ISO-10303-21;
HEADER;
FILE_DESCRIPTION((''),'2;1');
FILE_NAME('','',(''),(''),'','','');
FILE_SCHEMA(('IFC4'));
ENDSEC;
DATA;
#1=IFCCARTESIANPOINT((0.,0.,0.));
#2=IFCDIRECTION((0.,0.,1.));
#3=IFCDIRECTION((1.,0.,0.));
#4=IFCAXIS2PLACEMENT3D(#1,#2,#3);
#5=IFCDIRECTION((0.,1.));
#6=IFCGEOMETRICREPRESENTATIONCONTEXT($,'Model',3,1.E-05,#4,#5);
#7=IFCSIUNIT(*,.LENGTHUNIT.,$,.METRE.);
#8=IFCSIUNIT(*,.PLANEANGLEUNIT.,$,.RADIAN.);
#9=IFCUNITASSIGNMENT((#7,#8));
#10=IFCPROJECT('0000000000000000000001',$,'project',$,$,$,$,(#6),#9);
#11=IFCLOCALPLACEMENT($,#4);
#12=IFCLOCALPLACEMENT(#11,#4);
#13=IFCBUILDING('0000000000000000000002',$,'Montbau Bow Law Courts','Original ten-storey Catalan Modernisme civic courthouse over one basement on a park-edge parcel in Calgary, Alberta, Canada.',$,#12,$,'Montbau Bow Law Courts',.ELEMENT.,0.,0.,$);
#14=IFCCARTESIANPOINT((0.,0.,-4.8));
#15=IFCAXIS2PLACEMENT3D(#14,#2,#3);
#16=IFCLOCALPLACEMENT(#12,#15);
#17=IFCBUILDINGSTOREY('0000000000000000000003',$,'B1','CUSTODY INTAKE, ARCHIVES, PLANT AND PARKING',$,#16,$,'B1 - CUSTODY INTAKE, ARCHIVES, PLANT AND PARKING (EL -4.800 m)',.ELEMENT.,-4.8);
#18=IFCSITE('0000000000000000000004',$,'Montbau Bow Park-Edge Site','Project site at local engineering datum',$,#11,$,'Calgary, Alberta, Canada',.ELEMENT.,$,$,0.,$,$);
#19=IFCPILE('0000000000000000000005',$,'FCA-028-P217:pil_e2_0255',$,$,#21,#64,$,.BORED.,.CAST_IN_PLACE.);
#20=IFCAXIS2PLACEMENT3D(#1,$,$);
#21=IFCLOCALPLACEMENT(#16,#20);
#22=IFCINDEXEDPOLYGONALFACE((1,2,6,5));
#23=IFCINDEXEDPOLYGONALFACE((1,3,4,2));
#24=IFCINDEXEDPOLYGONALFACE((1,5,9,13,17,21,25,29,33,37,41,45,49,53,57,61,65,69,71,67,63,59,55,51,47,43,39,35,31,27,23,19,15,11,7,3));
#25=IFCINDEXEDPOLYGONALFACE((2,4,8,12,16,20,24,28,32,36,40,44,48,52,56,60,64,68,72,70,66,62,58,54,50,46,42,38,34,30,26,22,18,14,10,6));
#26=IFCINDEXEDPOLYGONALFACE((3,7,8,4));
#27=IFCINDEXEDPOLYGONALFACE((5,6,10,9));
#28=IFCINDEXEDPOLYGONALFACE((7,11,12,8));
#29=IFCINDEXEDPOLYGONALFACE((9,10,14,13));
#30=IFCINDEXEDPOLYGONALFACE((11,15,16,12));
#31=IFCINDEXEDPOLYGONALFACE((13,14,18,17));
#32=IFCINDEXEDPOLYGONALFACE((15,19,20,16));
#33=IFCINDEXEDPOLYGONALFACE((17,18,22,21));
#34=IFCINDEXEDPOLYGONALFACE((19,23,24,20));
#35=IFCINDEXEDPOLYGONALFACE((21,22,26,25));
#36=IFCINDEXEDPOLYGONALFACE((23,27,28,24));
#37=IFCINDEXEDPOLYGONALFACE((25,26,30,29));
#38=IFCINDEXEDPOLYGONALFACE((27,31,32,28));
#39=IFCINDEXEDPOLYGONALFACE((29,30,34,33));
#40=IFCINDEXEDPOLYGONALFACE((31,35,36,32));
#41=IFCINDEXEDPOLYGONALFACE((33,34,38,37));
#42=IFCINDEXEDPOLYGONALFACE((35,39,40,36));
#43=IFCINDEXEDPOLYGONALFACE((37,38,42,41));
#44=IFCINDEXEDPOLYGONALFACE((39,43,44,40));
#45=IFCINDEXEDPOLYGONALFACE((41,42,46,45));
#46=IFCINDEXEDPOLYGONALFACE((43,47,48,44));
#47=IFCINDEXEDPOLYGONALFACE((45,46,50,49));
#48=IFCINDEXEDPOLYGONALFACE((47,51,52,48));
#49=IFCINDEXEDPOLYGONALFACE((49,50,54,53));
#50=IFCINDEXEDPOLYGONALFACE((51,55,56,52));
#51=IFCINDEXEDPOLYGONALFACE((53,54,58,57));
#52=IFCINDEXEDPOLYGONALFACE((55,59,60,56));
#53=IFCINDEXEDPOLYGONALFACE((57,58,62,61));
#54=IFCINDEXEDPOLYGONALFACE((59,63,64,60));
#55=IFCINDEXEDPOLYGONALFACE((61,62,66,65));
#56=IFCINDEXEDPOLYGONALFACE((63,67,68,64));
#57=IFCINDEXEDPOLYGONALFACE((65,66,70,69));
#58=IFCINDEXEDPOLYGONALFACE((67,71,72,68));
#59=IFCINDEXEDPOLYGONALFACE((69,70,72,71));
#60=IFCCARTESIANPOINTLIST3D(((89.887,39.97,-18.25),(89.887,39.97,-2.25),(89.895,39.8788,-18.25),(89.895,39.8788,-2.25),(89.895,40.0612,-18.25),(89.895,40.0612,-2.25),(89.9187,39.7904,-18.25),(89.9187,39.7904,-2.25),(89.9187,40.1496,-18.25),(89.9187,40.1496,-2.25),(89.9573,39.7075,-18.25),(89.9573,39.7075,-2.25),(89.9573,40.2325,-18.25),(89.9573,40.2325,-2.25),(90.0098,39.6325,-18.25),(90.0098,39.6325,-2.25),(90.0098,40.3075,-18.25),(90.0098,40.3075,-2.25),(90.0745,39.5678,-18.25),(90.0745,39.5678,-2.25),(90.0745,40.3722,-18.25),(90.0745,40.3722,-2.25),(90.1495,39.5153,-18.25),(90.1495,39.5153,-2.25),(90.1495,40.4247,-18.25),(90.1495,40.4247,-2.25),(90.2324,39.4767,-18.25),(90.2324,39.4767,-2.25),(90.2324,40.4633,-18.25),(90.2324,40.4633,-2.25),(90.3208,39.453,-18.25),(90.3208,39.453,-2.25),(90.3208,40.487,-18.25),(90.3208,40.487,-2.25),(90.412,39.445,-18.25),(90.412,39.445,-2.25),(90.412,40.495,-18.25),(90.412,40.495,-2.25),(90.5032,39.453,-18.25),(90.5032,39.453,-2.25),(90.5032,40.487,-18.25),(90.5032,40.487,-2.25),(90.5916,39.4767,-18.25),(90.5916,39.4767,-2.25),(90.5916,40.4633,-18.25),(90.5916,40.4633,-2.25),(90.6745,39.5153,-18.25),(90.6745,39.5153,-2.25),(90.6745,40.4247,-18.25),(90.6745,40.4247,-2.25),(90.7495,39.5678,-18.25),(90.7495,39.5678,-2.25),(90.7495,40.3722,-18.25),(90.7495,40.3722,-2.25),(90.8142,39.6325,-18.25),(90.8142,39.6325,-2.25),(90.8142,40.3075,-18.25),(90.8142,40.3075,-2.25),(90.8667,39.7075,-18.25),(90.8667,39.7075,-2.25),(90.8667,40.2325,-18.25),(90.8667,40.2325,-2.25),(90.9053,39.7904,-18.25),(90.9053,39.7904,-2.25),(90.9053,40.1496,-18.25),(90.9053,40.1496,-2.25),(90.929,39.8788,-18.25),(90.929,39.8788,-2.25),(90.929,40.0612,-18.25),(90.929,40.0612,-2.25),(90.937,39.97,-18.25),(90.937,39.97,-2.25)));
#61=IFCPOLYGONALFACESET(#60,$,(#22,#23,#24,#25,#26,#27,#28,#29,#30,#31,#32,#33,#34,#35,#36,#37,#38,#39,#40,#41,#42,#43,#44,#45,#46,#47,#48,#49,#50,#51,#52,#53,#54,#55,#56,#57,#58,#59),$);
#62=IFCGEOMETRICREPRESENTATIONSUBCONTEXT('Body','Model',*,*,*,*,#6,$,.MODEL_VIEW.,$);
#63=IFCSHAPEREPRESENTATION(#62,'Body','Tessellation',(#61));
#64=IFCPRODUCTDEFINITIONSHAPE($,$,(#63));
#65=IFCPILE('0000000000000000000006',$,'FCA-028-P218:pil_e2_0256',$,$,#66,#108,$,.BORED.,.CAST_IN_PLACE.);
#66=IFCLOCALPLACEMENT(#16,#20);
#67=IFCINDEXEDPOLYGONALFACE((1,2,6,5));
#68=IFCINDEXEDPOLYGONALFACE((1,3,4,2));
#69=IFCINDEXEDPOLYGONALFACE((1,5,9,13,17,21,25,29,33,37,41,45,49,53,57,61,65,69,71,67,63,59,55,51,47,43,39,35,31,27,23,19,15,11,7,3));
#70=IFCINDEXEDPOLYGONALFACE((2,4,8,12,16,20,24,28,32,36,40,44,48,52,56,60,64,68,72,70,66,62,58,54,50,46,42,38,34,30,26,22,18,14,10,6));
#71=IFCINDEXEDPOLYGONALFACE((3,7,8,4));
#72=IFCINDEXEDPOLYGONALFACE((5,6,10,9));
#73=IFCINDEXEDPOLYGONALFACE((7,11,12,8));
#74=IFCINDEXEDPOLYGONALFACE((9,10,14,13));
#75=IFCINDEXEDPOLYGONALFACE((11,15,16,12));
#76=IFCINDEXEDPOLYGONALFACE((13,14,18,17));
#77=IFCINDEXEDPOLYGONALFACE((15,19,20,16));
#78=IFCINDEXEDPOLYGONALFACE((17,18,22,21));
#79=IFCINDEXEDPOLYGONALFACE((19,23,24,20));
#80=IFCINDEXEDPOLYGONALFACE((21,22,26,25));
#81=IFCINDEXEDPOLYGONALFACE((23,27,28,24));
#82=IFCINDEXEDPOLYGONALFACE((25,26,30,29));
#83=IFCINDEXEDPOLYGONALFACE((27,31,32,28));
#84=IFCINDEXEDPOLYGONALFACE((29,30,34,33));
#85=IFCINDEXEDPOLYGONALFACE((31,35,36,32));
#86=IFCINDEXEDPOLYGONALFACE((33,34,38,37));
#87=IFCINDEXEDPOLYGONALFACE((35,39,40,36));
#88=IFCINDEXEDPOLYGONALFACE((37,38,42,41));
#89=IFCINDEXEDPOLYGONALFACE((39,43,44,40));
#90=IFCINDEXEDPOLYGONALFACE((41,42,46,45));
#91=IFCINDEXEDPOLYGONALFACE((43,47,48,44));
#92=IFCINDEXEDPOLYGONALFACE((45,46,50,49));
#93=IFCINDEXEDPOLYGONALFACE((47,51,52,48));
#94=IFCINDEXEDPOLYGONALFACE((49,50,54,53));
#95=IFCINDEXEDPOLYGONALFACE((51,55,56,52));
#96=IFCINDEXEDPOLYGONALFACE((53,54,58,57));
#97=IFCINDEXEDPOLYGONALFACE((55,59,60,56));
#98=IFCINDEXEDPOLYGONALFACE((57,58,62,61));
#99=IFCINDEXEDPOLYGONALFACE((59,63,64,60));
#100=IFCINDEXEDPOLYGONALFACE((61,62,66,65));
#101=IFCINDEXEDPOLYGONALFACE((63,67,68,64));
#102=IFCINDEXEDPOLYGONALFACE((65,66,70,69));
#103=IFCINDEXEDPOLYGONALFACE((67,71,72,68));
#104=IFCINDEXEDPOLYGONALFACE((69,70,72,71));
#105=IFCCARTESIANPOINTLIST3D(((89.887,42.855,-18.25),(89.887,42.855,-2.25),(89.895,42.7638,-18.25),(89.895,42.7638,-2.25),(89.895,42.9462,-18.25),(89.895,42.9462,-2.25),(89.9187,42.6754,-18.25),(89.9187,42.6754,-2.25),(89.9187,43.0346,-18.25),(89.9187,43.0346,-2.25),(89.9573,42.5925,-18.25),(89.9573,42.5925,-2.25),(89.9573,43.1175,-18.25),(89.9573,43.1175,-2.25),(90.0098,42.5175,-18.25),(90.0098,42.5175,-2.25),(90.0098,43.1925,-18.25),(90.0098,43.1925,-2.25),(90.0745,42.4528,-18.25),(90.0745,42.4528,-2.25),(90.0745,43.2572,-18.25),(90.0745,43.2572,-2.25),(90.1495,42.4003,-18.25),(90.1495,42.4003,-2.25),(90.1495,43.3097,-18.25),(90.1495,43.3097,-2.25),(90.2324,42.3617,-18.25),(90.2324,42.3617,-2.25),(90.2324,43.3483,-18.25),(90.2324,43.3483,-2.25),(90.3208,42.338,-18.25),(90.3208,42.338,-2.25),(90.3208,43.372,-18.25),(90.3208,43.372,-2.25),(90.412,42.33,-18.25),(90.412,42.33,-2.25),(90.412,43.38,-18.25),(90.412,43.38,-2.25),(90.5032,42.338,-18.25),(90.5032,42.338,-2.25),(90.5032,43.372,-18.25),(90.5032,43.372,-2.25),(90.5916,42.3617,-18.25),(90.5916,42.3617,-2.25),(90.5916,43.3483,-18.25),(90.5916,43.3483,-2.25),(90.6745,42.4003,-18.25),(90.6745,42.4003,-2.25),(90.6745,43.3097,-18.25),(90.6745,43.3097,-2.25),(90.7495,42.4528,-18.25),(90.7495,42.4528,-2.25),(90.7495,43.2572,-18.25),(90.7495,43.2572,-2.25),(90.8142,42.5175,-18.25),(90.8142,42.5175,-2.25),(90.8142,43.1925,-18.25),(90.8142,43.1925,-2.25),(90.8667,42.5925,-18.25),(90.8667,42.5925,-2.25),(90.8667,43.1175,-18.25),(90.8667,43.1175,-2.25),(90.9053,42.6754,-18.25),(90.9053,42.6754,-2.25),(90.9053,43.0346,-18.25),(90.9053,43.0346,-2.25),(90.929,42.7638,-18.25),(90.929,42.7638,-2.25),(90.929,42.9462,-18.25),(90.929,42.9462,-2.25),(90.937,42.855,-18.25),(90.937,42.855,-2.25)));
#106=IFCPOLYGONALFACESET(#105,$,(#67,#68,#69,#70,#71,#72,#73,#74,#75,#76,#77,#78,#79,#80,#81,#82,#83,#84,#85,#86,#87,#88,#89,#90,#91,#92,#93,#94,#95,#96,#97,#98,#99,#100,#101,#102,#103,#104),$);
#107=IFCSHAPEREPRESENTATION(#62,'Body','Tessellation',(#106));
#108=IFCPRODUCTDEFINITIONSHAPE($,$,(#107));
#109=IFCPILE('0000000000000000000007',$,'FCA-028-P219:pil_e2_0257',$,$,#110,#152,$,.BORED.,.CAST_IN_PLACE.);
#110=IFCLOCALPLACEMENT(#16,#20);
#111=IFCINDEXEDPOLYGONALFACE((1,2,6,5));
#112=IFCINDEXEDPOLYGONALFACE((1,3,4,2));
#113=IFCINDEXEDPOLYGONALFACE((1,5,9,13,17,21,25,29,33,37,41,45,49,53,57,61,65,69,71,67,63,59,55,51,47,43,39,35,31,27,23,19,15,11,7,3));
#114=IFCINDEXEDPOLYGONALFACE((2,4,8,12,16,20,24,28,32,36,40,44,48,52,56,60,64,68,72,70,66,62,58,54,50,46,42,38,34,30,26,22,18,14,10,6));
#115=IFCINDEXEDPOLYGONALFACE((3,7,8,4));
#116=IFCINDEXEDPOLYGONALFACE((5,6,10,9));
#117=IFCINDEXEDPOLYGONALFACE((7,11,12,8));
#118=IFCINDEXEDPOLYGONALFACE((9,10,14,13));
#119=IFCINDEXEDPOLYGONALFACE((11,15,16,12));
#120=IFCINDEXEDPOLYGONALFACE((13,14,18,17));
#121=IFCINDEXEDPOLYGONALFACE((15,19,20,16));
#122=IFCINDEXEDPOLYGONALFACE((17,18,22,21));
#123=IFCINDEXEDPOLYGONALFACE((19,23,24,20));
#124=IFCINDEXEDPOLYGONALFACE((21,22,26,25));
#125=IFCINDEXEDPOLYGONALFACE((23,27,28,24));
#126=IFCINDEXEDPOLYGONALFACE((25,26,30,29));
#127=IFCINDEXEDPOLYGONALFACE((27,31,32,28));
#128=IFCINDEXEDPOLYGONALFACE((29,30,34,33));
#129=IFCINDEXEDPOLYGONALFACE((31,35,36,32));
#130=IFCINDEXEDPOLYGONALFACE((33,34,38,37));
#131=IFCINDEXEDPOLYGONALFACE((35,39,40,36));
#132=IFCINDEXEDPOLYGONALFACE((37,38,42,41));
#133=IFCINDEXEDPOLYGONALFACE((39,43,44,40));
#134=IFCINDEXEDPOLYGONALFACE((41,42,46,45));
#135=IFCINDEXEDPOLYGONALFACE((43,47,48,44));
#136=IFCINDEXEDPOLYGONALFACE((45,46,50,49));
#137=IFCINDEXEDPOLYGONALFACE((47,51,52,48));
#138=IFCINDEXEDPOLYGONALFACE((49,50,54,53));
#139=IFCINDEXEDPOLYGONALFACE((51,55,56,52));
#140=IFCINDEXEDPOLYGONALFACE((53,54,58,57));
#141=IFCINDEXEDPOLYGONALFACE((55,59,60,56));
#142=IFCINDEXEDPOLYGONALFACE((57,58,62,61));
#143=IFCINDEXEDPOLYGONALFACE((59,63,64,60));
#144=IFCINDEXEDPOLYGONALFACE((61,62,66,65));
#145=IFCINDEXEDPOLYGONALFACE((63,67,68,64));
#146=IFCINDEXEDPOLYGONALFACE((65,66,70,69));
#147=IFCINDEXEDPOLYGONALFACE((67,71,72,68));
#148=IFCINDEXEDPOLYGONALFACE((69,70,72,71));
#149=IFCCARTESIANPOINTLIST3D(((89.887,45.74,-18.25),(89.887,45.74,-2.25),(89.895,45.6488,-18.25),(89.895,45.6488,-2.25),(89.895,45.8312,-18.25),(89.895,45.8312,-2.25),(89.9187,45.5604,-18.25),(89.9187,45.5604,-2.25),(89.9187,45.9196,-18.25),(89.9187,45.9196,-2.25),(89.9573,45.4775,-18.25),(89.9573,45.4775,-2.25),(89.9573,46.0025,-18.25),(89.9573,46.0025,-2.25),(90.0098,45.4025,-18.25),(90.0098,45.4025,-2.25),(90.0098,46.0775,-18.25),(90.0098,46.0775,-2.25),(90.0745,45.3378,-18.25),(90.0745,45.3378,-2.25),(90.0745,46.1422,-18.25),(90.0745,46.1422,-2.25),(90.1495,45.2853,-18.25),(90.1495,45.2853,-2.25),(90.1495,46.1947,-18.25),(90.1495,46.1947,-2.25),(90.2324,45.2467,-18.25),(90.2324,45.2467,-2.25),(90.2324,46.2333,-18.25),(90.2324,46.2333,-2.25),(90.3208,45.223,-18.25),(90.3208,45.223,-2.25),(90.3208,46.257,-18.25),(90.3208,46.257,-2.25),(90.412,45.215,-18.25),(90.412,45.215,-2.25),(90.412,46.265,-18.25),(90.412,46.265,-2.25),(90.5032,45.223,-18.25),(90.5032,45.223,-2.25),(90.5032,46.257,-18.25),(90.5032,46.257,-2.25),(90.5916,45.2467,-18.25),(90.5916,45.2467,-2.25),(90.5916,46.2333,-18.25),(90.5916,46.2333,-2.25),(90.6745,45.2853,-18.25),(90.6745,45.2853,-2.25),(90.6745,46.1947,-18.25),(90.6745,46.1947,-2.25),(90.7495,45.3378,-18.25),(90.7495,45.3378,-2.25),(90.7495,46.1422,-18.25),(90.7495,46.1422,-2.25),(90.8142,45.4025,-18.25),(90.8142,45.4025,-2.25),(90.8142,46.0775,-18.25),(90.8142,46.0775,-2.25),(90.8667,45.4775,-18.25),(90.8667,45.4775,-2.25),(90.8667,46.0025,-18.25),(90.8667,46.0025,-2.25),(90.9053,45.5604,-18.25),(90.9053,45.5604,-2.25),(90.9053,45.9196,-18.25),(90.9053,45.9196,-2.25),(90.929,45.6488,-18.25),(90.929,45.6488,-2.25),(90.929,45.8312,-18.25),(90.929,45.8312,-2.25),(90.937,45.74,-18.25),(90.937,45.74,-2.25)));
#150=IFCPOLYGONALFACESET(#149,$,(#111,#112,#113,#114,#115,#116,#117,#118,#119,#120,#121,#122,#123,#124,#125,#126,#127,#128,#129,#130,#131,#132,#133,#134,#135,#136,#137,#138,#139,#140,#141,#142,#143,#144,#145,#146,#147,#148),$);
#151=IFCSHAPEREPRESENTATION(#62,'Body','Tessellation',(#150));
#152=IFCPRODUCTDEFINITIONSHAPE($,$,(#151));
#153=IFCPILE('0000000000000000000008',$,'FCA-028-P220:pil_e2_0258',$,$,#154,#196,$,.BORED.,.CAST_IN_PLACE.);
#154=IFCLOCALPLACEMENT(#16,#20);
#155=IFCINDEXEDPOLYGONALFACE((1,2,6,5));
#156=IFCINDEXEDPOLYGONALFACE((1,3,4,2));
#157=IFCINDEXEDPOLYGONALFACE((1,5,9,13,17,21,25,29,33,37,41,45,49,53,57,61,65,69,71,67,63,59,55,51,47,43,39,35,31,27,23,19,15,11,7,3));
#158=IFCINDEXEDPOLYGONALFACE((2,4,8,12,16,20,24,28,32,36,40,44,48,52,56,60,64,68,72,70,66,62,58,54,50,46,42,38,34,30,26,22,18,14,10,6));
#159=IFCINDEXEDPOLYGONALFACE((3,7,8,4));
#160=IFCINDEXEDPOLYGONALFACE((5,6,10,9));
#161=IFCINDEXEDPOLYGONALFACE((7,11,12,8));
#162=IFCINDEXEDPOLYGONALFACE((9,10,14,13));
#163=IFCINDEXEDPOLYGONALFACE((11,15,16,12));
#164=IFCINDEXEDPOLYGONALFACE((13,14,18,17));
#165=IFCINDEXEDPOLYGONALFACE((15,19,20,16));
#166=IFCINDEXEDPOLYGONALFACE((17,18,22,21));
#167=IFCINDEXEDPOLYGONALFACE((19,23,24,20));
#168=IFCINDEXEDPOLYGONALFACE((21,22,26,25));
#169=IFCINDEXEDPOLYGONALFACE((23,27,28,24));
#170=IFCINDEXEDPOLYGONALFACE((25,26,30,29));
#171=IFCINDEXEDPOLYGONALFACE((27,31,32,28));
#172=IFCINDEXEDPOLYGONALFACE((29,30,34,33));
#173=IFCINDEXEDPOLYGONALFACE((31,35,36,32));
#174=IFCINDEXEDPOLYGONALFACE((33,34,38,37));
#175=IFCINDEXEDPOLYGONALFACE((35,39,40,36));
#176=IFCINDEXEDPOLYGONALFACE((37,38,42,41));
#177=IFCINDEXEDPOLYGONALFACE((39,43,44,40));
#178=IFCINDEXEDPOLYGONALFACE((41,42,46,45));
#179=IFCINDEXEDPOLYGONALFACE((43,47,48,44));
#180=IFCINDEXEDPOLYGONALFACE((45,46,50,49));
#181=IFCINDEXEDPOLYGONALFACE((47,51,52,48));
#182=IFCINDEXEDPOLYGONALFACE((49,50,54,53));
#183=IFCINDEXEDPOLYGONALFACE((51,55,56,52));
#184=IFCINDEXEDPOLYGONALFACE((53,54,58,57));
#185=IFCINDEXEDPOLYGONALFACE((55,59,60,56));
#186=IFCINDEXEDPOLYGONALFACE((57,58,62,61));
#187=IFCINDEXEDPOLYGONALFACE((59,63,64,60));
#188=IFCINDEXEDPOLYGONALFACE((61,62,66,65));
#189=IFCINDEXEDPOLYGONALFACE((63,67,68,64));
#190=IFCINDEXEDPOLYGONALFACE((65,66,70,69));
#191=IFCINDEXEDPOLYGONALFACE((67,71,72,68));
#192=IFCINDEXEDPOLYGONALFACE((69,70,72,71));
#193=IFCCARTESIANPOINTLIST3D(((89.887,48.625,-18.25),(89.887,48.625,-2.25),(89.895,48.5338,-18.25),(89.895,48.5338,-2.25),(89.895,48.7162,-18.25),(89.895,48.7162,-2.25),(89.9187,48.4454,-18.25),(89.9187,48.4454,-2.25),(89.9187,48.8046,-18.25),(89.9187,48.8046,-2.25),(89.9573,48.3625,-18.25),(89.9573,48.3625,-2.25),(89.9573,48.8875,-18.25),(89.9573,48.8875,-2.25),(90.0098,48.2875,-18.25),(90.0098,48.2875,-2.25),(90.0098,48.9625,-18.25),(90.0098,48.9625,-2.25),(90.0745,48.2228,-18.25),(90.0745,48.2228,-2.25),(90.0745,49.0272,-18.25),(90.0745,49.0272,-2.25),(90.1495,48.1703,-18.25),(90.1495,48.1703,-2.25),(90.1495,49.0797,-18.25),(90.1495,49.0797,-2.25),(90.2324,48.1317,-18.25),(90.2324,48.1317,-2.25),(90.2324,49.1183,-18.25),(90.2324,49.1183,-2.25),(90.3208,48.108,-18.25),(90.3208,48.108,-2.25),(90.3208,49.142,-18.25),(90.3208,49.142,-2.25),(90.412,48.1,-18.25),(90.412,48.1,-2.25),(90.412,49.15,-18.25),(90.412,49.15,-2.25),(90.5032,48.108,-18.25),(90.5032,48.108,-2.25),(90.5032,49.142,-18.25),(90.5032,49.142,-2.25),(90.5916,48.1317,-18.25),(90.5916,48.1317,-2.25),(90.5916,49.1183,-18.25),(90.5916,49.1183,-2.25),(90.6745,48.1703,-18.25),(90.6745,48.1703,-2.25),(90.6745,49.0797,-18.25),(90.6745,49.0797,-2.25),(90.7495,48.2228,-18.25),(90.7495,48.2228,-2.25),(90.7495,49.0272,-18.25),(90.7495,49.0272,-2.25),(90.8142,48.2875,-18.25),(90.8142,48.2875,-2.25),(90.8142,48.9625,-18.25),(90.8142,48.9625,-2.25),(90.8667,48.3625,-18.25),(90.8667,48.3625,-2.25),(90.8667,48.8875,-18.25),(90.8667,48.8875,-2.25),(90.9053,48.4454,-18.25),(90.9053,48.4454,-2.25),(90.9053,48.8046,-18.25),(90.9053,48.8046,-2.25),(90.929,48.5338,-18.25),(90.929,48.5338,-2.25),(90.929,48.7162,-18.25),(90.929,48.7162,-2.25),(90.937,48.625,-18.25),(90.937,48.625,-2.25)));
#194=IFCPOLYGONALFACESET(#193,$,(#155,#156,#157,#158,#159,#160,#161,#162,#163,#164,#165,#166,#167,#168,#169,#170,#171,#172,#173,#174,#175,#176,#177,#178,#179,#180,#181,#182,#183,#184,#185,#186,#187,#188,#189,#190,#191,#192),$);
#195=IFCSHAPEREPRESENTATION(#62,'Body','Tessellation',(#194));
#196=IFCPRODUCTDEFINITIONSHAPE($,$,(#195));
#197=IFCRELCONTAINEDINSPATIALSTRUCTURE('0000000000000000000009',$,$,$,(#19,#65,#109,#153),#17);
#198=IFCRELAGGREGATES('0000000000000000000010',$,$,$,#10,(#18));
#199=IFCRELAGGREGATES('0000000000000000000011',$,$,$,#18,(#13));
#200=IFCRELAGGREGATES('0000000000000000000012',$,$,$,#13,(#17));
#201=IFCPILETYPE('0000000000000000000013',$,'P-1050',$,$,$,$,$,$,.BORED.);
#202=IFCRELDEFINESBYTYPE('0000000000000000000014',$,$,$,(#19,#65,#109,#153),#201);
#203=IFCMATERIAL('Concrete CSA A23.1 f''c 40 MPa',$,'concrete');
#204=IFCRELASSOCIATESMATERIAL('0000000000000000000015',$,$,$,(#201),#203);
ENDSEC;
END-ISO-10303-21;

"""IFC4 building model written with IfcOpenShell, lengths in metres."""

from ifc_helpers import new_model, si_unit, direction, frame, origin_with_axes, origin_2d_with_axis, place, context, subcontext, project, spatial, circle, extrude, material, material_profile, profile_set, type_object, element, save


model = new_model("IFC4")

# Units and contexts
model_context = context("Model", 3, precision=1e-05, world=origin_with_axes(), true_north=direction((0.0, 1.0)))
body_context = subcontext(model_context, "Body", "Model", "MODEL_VIEW")
ifc_project = project(units=[si_unit("LENGTHUNIT", "METRE"), si_unit("PLANEANGLEUNIT", "RADIAN")], contexts=[model_context])

# Site, building, storey
site_placement = place(None, origin_with_axes())
site = spatial("IfcSite", under=ifc_project, at=site_placement, Name="Montbau Bow Park-Edge Site", Description="Project site at local engineering datum", LongName="Calgary, Alberta, Canada", CompositionType="ELEMENT", RefElevation=0.0)
building_placement = place(site_placement, origin_with_axes())
building = spatial("IfcBuilding", under=site, at=building_placement, Name="Montbau Bow Law Courts", Description="Original ten-storey Catalan Modernisme civic courthouse over one basement on a park-edge parcel in Calgary, Alberta, Canada.", LongName="Montbau Bow Law Courts", CompositionType="ELEMENT", ElevationOfRefHeight=0.0, ElevationOfTerrain=0.0)
storey_placement = place(building_placement, frame((0.0, 0.0, -4.8), z_axis=(0.0, 0.0, 1.0), x_axis=(1.0, 0.0, 0.0)))
storey = spatial("IfcBuildingStorey", under=building, at=storey_placement, Name="B1", Description="CUSTODY INTAKE, ARCHIVES, PLANT AND PARKING", LongName="B1 - CUSTODY INTAKE, ARCHIVES, PLANT AND PARKING (EL -4.800 m)", CompositionType="ELEMENT", Elevation=-4.8)

# Piles
ifc_material_1 = material(Name="Concrete CSA A23.1 f'c 40 MPa", Category="concrete")
ifc_material_profile_1 = material_profile(ifc_material_1, circle(Radius=0.525, at=origin_2d_with_axis()), Name="BP1050", Category="Main", Priority=0)
ifc_profile_set_1 = profile_set([ifc_material_profile_1], Name="Concrete CSA A23.1 f'c 40 MPa")
pile_type = type_object("IfcPileType", Name="P-1050", PredefinedType="BORED", material=ifc_profile_set_1)
for number, where, z_axis, x_axis, name in (
    (1, (90.412, 39.97, -23.05), (0.0, 0.0, 1.0), (1.0, 0.0, 0.0), "FCA-028-P217:pil_e2_0255"),
    (2, (90.412, 42.855, -23.05), (0.0, 0.0, 1.0), (1.0, 0.0, 0.0), "FCA-028-P218:pil_e2_0256"),
    (3, (90.412, 45.74, -23.05), (0.0, 0.0, 1.0), (1.0, 0.0, 0.0), "FCA-028-P219:pil_e2_0257"),
    (4, (90.412, 48.625, -23.05), (0.0, 0.0, 1.0), (1.0, 0.0, 0.0), "FCA-028-P220:pil_e2_0258"),
):
    element("IfcPile", number, at=place(None, frame(where, z_axis=z_axis, x_axis=x_axis)), inside=storey, type_object=pile_type, Name=name, ConstructionType="CAST_IN_PLACE", PredefinedType="BORED", context=body_context, shape_type="SweptSolid", body=[
        extrude(circle(Radius=0.525, at=origin_2d_with_axis()), origin_with_axes(), (0.0, 0.0, 1.0), 16.0),
    ])

save(model, "model.ifc")
